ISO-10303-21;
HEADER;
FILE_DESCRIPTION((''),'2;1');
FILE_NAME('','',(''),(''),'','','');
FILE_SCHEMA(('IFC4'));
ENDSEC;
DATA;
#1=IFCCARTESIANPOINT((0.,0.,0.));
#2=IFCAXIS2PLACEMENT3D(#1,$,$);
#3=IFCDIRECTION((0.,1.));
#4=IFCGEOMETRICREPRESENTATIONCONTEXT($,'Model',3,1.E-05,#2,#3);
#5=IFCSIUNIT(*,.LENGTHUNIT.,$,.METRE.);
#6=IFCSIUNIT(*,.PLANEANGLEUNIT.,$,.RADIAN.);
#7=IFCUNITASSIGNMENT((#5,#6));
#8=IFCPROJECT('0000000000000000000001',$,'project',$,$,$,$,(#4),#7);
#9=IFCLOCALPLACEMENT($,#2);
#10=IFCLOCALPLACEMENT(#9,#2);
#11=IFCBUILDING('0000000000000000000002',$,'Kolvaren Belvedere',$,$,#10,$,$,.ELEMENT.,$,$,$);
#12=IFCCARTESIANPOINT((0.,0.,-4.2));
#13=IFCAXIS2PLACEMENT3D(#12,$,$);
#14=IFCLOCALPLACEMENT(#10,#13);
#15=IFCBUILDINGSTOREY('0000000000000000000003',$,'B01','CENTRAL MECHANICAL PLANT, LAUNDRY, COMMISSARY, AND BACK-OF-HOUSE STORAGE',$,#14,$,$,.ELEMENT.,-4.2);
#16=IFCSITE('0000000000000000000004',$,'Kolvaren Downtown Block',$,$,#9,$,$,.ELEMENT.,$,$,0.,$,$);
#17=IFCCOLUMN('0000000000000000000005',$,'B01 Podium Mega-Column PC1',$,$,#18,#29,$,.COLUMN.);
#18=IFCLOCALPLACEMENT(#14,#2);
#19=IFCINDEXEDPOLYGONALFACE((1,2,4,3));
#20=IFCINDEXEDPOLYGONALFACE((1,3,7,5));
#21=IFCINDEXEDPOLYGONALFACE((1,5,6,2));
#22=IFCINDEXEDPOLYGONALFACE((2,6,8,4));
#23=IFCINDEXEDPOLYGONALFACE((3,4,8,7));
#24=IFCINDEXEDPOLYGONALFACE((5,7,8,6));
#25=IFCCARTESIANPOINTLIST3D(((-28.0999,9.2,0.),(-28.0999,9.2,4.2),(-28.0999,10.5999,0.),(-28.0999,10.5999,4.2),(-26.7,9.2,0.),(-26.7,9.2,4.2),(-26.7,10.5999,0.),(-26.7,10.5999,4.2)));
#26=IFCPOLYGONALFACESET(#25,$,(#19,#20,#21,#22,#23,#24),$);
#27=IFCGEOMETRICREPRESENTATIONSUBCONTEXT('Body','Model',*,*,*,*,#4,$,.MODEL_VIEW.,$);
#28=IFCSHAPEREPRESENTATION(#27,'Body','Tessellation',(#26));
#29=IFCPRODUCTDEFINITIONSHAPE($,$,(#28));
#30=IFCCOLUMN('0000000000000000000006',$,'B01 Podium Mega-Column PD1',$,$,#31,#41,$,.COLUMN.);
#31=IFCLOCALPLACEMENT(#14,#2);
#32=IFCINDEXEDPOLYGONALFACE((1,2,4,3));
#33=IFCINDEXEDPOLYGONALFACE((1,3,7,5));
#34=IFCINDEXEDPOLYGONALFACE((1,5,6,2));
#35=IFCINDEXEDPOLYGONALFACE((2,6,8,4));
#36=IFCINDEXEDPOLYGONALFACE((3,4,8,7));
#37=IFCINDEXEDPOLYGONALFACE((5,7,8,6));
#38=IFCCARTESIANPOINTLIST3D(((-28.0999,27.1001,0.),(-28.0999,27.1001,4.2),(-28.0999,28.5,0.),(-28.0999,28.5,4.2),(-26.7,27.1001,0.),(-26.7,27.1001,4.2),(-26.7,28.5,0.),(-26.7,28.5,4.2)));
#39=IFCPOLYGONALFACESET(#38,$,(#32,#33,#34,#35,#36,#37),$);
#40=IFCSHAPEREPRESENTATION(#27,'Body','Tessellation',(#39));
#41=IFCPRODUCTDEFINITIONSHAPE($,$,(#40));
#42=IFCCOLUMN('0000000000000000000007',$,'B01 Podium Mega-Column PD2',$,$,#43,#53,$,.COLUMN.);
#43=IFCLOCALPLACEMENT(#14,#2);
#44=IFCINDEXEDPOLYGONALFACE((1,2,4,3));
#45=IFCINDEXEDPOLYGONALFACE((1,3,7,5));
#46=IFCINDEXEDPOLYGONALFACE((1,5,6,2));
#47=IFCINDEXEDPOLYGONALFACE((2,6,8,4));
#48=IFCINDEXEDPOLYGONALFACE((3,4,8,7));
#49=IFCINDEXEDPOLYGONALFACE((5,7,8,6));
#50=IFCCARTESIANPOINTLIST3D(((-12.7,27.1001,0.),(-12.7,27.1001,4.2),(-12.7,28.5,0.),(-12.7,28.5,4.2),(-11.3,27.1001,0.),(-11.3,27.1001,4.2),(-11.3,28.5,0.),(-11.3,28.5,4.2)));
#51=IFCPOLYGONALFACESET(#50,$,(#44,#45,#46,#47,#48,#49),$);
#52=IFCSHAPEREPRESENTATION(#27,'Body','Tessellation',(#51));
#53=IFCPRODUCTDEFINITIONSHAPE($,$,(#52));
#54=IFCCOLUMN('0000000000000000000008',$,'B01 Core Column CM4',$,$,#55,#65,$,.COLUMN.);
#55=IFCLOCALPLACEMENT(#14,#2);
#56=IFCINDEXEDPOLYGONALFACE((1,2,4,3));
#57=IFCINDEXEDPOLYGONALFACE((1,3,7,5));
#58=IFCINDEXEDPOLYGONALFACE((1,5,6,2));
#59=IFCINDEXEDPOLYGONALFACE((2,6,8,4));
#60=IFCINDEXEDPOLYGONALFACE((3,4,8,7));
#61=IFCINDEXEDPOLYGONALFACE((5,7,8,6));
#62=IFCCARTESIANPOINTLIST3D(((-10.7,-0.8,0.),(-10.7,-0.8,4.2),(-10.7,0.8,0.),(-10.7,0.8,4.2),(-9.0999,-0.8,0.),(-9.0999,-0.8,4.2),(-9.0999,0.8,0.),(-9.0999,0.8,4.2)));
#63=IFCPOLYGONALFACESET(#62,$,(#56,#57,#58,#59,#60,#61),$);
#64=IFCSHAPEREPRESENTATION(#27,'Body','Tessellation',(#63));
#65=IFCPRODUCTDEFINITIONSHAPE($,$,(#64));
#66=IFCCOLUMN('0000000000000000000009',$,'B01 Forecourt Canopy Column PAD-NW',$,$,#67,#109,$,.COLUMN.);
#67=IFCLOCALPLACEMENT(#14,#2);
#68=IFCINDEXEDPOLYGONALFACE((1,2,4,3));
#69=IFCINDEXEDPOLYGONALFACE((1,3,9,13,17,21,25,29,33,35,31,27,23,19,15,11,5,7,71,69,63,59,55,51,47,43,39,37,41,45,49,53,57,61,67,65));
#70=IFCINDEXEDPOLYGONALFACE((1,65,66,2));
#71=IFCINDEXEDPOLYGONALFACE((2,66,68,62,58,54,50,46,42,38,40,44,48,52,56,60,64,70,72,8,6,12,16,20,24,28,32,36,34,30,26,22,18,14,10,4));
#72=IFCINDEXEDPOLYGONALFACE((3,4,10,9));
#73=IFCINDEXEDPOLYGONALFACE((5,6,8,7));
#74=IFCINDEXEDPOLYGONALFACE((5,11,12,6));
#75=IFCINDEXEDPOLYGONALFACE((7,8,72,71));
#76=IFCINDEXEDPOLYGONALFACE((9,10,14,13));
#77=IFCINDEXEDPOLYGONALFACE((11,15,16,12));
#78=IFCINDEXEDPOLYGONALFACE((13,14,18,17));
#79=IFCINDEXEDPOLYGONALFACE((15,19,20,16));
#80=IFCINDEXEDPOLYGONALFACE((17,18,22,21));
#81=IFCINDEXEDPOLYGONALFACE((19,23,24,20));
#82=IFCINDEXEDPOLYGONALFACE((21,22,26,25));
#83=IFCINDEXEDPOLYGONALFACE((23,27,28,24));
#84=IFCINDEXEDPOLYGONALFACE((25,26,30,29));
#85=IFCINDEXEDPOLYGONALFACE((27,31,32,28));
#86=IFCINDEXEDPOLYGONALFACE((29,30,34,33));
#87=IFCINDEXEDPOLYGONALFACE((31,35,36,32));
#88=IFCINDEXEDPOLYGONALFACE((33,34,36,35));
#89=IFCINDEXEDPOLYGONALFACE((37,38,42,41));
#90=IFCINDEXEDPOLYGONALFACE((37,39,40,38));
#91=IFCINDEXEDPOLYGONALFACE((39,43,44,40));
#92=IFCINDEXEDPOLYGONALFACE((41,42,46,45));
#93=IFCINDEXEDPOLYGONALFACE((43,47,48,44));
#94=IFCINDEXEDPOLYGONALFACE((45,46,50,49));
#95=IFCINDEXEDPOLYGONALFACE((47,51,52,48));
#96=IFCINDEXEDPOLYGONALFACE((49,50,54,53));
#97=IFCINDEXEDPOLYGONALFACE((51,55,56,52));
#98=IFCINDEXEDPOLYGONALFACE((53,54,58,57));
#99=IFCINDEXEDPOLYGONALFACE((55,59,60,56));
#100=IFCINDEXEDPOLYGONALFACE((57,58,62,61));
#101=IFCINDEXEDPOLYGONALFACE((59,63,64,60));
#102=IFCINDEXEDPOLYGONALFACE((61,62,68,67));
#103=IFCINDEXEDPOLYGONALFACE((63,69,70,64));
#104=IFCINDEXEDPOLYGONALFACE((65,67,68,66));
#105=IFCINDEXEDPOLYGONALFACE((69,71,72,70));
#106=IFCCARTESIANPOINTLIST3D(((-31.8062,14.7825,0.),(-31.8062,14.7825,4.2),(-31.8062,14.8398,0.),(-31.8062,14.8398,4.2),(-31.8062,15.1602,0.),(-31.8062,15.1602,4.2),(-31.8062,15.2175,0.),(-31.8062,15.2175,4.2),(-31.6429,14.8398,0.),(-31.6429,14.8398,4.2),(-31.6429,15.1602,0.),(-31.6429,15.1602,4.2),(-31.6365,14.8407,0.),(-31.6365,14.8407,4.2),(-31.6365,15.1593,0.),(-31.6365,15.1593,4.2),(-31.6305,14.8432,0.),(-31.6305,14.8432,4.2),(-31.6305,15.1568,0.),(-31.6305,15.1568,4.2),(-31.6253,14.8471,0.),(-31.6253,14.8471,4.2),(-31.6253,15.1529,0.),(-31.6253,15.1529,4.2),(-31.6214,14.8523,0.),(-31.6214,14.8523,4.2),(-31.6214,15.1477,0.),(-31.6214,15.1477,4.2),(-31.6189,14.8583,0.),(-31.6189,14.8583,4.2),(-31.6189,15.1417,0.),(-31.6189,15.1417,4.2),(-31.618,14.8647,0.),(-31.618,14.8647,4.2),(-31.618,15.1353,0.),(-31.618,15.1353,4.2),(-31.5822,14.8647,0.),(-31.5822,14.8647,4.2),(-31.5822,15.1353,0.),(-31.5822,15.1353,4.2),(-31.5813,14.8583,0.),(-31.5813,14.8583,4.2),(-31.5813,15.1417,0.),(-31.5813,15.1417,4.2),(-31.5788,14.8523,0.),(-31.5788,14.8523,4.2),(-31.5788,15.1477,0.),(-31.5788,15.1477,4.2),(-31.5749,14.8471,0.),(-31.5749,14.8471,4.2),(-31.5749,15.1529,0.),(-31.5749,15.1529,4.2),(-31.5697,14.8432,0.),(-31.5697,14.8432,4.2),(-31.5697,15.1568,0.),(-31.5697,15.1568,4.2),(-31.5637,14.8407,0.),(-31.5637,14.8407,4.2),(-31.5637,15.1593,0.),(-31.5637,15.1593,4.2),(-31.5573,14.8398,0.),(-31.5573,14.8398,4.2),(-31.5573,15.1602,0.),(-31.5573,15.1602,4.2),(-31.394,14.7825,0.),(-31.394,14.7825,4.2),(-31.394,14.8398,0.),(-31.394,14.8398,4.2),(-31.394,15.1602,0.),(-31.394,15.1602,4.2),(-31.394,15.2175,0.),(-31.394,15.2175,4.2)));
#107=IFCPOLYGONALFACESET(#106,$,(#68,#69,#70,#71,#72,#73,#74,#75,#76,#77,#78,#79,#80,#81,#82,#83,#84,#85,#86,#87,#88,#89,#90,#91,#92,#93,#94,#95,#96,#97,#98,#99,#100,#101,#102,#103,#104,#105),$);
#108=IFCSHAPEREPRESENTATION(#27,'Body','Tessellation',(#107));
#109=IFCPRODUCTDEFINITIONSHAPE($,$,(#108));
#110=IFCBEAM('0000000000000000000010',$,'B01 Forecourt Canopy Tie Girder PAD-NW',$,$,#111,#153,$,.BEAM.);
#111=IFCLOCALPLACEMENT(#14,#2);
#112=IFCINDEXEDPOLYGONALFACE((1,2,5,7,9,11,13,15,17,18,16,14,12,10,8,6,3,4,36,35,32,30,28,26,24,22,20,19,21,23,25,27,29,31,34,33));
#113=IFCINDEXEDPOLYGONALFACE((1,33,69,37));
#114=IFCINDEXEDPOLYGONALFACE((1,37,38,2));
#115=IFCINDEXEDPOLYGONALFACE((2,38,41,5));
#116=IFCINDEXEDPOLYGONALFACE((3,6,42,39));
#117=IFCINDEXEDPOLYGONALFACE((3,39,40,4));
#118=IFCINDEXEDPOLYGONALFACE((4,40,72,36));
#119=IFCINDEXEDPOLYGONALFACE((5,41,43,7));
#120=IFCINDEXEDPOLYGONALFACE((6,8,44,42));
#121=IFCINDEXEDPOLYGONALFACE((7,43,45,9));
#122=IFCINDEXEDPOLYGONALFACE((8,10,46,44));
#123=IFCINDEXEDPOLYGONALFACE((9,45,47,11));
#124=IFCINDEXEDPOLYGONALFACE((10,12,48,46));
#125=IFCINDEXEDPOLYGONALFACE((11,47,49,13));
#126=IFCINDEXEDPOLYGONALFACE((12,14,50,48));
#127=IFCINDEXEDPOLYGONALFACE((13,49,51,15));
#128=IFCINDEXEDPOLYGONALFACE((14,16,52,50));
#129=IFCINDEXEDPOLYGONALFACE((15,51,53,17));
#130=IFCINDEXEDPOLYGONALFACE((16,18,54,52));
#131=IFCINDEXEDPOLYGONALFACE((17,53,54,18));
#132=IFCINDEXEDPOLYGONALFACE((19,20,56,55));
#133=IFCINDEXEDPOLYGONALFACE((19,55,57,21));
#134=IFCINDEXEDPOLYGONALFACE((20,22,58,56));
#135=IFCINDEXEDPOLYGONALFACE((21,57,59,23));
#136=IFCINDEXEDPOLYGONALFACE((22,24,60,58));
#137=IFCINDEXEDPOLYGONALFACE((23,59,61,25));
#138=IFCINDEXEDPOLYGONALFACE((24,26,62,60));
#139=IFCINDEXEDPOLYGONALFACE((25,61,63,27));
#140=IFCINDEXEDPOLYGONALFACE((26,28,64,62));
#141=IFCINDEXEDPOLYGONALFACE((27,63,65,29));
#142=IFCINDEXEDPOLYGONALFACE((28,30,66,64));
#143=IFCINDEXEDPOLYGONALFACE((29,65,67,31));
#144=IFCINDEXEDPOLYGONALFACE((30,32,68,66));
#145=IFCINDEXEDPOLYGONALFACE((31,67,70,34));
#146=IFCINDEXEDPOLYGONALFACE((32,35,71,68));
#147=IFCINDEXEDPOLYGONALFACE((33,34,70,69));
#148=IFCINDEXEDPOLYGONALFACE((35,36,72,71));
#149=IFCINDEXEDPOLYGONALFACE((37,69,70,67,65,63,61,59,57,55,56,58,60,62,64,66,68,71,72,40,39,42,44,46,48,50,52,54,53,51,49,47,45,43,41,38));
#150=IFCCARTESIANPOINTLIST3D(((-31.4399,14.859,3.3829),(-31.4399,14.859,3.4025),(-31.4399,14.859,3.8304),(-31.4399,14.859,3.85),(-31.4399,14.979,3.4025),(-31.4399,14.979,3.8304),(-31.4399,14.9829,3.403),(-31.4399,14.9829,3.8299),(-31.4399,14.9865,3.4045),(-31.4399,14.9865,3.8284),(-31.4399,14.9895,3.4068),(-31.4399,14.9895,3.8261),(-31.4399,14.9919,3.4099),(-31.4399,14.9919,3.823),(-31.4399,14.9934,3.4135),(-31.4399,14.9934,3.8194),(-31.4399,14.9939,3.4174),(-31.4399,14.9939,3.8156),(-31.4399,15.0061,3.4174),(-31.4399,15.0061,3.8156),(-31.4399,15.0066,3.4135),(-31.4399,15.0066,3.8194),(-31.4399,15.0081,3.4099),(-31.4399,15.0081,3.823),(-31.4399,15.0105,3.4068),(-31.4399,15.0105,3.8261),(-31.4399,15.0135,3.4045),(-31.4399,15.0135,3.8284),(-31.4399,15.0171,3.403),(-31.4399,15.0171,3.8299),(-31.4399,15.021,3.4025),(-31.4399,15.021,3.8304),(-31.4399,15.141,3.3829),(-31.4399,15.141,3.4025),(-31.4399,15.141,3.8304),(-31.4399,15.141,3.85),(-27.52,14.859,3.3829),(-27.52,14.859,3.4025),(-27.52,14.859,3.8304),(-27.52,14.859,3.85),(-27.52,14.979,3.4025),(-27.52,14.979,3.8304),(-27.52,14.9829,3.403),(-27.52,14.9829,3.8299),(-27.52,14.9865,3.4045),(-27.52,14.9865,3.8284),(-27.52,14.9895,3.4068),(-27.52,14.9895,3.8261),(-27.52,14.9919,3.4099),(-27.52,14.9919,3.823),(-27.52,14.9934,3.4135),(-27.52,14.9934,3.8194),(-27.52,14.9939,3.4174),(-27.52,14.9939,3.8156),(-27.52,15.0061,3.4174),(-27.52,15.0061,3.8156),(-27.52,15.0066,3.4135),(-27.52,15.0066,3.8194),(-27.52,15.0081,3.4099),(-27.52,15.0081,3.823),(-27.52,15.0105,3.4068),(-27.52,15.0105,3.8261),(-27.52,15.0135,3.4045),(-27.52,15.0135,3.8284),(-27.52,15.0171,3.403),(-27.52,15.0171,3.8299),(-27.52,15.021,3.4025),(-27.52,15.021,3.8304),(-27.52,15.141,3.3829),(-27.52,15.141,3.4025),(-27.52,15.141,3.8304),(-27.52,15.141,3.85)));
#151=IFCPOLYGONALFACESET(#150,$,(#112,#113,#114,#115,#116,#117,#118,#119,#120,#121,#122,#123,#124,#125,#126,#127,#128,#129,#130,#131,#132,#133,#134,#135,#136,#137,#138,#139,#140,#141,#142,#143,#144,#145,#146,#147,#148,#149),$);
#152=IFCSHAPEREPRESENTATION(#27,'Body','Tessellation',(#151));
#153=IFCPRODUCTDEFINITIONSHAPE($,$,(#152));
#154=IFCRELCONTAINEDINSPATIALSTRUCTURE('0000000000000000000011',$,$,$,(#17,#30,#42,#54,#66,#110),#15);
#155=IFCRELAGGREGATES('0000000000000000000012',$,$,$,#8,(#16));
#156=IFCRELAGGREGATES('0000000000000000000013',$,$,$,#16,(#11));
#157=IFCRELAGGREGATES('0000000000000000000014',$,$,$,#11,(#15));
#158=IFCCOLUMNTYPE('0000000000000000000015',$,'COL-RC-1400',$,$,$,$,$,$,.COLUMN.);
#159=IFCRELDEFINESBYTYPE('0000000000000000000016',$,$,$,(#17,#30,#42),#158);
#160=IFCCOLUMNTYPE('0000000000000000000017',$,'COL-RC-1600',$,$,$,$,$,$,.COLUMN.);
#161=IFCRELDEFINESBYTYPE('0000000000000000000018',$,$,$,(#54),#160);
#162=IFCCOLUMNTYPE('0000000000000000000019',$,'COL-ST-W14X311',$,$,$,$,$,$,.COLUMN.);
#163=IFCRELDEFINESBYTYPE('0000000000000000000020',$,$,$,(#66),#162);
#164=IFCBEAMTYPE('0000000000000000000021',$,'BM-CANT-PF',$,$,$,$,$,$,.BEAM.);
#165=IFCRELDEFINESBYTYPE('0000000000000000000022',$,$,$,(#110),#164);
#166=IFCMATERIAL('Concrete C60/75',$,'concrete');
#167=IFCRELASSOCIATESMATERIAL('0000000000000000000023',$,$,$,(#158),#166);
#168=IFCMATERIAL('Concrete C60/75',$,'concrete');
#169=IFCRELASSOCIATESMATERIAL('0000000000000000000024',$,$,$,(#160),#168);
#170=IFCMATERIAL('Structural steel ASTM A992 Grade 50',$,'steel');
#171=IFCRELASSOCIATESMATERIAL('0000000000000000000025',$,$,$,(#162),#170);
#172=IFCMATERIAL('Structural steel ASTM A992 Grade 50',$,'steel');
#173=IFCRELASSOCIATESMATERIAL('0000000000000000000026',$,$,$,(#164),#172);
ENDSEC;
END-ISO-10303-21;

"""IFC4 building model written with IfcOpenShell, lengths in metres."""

from ifc_helpers import new_model, si_unit, direction, frame, origin, origin_2d, place, context, subcontext, project, spatial, rectangle, i_section, extrude, material, material_profile, profile_set, type_object, element, save


model = new_model("IFC4")

# Units and contexts
model_context = context("Model", 3, precision=1e-05, world=origin(), true_north=direction((0.0, 1.0)))
body_context = subcontext(model_context, "Body", "Model", "MODEL_VIEW")
ifc_project = project(units=[si_unit("LENGTHUNIT", "METRE"), si_unit("PLANEANGLEUNIT", "RADIAN")], contexts=[model_context])

# Site, building, storey
site_placement = place(None, origin())
site = spatial("IfcSite", under=ifc_project, at=site_placement, Name="Kolvaren Downtown Block", CompositionType="ELEMENT", RefElevation=0.0)
building_placement = place(site_placement, origin())
building = spatial("IfcBuilding", under=site, at=building_placement, Name="Kolvaren Belvedere", CompositionType="ELEMENT")
storey_placement = place(building_placement, frame((0.0, 0.0, -4.2)))
storey = spatial("IfcBuildingStorey", under=building, at=storey_placement, Name="B01", Description="CENTRAL MECHANICAL PLANT, LAUNDRY, COMMISSARY, AND BACK-OF-HOUSE STORAGE", CompositionType="ELEMENT", Elevation=-4.2)

# Columns
ifc_material_1 = material(Name="Concrete C60/75", Category="concrete")
ifc_material_profile_1 = material_profile(ifc_material_1, rectangle(XDim=1.3999, YDim=1.3999, at=origin_2d()), Name="RC 1400X1400")
ifc_profile_set_1 = profile_set([ifc_material_profile_1], Name="Concrete C60/75")
column_type_1 = type_object("IfcColumnType", Name="COL-RC-1400", PredefinedType="COLUMN", material=ifc_profile_set_1)
for number, where, z_axis, x_axis, name in (
    (1, (-27.3999, 9.8999, 0.0), (0.0, 0.0, 1.0), (1.0, 0.0, 0.0), "B01 Podium Mega-Column PC1"),
    (2, (-27.3999, 27.8, 0.0), (0.0, 0.0, 1.0), (1.0, 0.0, 0.0), "B01 Podium Mega-Column PD1"),
    (3, (-12.0, 27.8, 0.0), (0.0, 0.0, 1.0), (1.0, 0.0, 0.0), "B01 Podium Mega-Column PD2"),
):
    element("IfcColumn", number, at=place(storey_placement, frame(where, z_axis=z_axis, x_axis=x_axis)), inside=storey, type_object=column_type_1, Name=name, PredefinedType="COLUMN", context=body_context, shape_type="SweptSolid", body=[
        extrude(rectangle(XDim=1.3999, YDim=1.3999, at=origin_2d()), origin(), (0.0, 0.0, 1.0), 4.2),
    ])
ifc_material_2 = material(Name="Concrete C60/75", Category="concrete")
ifc_material_profile_2 = material_profile(ifc_material_2, rectangle(XDim=1.6001, YDim=1.6001, at=origin_2d()), Name="RC 1600X1600")
ifc_profile_set_2 = profile_set([ifc_material_profile_2], Name="Concrete C60/75")
column_type_2 = type_object("IfcColumnType", Name="COL-RC-1600", PredefinedType="COLUMN", material=ifc_profile_set_2)
column_1_placement = place(storey_placement, frame((-9.8999, 0.0, 0.0), z_axis=(0.0, 0.0, 1.0), x_axis=(1.0, 0.0, 0.0)))
element("IfcColumn", 4, at=column_1_placement, inside=storey, type_object=column_type_2, Name="B01 Core Column CM4", PredefinedType="COLUMN", context=body_context, shape_type="SweptSolid", body=[
    extrude(rectangle(XDim=1.6001, YDim=1.6001, at=origin_2d()), origin(), (0.0, 0.0, 1.0), 4.2),
])
ifc_material_3 = material(Name="Structural steel ASTM A992 Grade 50", Category="steel")
ifc_material_profile_3 = material_profile(ifc_material_3, i_section(OverallWidth=0.4121, OverallDepth=0.4351, WebThickness=0.0359, FlangeThickness=0.0574, FilletRadius=0.0249, at=origin_2d()), Name="W14X311")
ifc_profile_set_3 = profile_set([ifc_material_profile_3], Name="Structural steel ASTM A992 Grade 50")
column_type_3 = type_object("IfcColumnType", Name="COL-ST-W14X311", PredefinedType="COLUMN", material=ifc_profile_set_3)
column_2_placement = place(storey_placement, frame((-31.6001, 15.0, 0.0), z_axis=(0.0, 0.0, 1.0), x_axis=(1.0, 0.0, 0.0)))
element("IfcColumn", 5, at=column_2_placement, inside=storey, type_object=column_type_3, Name="B01 Forecourt Canopy Column PAD-NW", PredefinedType="COLUMN", context=body_context, shape_type="SweptSolid", body=[
    extrude(i_section(OverallWidth=0.4121, OverallDepth=0.4351, WebThickness=0.0359, FlangeThickness=0.0574, FilletRadius=0.0249, at=origin_2d()), origin(), (0.0, 0.0, 1.0), 4.2),
])

# Beam
ifc_material_4 = material(Name="Structural steel ASTM A992 Grade 50", Category="steel")
ifc_material_profile_4 = material_profile(ifc_material_4, i_section(OverallWidth=0.282, OverallDepth=0.467, WebThickness=0.0122, FlangeThickness=0.0195, FilletRadius=0.0149, at=origin_2d()), Name="W18X86")
ifc_profile_set_4 = profile_set([ifc_material_profile_4], Name="Structural steel ASTM A992 Grade 50")
beam_type_1 = type_object("IfcBeamType", Name="BM-CANT-PF", PredefinedType="BEAM", material=ifc_profile_set_4)
beam_1_placement = place(storey_placement, frame((-31.4399, 15.0, 3.6165), z_axis=(1.0, 0.0, 0.0), x_axis=(0.0, 1.0, 0.0)))
element("IfcBeam", 6, at=beam_1_placement, inside=storey, type_object=beam_type_1, Name="B01 Forecourt Canopy Tie Girder PAD-NW", PredefinedType="BEAM", context=body_context, shape_type="SweptSolid", body=[
    extrude(i_section(OverallWidth=0.282, OverallDepth=0.467, WebThickness=0.0122, FlangeThickness=0.0195, FilletRadius=0.0149, at=origin_2d()), origin(), (0.0, 0.0, 1.0), 3.9199),
])

save(model, "model.ifc")
